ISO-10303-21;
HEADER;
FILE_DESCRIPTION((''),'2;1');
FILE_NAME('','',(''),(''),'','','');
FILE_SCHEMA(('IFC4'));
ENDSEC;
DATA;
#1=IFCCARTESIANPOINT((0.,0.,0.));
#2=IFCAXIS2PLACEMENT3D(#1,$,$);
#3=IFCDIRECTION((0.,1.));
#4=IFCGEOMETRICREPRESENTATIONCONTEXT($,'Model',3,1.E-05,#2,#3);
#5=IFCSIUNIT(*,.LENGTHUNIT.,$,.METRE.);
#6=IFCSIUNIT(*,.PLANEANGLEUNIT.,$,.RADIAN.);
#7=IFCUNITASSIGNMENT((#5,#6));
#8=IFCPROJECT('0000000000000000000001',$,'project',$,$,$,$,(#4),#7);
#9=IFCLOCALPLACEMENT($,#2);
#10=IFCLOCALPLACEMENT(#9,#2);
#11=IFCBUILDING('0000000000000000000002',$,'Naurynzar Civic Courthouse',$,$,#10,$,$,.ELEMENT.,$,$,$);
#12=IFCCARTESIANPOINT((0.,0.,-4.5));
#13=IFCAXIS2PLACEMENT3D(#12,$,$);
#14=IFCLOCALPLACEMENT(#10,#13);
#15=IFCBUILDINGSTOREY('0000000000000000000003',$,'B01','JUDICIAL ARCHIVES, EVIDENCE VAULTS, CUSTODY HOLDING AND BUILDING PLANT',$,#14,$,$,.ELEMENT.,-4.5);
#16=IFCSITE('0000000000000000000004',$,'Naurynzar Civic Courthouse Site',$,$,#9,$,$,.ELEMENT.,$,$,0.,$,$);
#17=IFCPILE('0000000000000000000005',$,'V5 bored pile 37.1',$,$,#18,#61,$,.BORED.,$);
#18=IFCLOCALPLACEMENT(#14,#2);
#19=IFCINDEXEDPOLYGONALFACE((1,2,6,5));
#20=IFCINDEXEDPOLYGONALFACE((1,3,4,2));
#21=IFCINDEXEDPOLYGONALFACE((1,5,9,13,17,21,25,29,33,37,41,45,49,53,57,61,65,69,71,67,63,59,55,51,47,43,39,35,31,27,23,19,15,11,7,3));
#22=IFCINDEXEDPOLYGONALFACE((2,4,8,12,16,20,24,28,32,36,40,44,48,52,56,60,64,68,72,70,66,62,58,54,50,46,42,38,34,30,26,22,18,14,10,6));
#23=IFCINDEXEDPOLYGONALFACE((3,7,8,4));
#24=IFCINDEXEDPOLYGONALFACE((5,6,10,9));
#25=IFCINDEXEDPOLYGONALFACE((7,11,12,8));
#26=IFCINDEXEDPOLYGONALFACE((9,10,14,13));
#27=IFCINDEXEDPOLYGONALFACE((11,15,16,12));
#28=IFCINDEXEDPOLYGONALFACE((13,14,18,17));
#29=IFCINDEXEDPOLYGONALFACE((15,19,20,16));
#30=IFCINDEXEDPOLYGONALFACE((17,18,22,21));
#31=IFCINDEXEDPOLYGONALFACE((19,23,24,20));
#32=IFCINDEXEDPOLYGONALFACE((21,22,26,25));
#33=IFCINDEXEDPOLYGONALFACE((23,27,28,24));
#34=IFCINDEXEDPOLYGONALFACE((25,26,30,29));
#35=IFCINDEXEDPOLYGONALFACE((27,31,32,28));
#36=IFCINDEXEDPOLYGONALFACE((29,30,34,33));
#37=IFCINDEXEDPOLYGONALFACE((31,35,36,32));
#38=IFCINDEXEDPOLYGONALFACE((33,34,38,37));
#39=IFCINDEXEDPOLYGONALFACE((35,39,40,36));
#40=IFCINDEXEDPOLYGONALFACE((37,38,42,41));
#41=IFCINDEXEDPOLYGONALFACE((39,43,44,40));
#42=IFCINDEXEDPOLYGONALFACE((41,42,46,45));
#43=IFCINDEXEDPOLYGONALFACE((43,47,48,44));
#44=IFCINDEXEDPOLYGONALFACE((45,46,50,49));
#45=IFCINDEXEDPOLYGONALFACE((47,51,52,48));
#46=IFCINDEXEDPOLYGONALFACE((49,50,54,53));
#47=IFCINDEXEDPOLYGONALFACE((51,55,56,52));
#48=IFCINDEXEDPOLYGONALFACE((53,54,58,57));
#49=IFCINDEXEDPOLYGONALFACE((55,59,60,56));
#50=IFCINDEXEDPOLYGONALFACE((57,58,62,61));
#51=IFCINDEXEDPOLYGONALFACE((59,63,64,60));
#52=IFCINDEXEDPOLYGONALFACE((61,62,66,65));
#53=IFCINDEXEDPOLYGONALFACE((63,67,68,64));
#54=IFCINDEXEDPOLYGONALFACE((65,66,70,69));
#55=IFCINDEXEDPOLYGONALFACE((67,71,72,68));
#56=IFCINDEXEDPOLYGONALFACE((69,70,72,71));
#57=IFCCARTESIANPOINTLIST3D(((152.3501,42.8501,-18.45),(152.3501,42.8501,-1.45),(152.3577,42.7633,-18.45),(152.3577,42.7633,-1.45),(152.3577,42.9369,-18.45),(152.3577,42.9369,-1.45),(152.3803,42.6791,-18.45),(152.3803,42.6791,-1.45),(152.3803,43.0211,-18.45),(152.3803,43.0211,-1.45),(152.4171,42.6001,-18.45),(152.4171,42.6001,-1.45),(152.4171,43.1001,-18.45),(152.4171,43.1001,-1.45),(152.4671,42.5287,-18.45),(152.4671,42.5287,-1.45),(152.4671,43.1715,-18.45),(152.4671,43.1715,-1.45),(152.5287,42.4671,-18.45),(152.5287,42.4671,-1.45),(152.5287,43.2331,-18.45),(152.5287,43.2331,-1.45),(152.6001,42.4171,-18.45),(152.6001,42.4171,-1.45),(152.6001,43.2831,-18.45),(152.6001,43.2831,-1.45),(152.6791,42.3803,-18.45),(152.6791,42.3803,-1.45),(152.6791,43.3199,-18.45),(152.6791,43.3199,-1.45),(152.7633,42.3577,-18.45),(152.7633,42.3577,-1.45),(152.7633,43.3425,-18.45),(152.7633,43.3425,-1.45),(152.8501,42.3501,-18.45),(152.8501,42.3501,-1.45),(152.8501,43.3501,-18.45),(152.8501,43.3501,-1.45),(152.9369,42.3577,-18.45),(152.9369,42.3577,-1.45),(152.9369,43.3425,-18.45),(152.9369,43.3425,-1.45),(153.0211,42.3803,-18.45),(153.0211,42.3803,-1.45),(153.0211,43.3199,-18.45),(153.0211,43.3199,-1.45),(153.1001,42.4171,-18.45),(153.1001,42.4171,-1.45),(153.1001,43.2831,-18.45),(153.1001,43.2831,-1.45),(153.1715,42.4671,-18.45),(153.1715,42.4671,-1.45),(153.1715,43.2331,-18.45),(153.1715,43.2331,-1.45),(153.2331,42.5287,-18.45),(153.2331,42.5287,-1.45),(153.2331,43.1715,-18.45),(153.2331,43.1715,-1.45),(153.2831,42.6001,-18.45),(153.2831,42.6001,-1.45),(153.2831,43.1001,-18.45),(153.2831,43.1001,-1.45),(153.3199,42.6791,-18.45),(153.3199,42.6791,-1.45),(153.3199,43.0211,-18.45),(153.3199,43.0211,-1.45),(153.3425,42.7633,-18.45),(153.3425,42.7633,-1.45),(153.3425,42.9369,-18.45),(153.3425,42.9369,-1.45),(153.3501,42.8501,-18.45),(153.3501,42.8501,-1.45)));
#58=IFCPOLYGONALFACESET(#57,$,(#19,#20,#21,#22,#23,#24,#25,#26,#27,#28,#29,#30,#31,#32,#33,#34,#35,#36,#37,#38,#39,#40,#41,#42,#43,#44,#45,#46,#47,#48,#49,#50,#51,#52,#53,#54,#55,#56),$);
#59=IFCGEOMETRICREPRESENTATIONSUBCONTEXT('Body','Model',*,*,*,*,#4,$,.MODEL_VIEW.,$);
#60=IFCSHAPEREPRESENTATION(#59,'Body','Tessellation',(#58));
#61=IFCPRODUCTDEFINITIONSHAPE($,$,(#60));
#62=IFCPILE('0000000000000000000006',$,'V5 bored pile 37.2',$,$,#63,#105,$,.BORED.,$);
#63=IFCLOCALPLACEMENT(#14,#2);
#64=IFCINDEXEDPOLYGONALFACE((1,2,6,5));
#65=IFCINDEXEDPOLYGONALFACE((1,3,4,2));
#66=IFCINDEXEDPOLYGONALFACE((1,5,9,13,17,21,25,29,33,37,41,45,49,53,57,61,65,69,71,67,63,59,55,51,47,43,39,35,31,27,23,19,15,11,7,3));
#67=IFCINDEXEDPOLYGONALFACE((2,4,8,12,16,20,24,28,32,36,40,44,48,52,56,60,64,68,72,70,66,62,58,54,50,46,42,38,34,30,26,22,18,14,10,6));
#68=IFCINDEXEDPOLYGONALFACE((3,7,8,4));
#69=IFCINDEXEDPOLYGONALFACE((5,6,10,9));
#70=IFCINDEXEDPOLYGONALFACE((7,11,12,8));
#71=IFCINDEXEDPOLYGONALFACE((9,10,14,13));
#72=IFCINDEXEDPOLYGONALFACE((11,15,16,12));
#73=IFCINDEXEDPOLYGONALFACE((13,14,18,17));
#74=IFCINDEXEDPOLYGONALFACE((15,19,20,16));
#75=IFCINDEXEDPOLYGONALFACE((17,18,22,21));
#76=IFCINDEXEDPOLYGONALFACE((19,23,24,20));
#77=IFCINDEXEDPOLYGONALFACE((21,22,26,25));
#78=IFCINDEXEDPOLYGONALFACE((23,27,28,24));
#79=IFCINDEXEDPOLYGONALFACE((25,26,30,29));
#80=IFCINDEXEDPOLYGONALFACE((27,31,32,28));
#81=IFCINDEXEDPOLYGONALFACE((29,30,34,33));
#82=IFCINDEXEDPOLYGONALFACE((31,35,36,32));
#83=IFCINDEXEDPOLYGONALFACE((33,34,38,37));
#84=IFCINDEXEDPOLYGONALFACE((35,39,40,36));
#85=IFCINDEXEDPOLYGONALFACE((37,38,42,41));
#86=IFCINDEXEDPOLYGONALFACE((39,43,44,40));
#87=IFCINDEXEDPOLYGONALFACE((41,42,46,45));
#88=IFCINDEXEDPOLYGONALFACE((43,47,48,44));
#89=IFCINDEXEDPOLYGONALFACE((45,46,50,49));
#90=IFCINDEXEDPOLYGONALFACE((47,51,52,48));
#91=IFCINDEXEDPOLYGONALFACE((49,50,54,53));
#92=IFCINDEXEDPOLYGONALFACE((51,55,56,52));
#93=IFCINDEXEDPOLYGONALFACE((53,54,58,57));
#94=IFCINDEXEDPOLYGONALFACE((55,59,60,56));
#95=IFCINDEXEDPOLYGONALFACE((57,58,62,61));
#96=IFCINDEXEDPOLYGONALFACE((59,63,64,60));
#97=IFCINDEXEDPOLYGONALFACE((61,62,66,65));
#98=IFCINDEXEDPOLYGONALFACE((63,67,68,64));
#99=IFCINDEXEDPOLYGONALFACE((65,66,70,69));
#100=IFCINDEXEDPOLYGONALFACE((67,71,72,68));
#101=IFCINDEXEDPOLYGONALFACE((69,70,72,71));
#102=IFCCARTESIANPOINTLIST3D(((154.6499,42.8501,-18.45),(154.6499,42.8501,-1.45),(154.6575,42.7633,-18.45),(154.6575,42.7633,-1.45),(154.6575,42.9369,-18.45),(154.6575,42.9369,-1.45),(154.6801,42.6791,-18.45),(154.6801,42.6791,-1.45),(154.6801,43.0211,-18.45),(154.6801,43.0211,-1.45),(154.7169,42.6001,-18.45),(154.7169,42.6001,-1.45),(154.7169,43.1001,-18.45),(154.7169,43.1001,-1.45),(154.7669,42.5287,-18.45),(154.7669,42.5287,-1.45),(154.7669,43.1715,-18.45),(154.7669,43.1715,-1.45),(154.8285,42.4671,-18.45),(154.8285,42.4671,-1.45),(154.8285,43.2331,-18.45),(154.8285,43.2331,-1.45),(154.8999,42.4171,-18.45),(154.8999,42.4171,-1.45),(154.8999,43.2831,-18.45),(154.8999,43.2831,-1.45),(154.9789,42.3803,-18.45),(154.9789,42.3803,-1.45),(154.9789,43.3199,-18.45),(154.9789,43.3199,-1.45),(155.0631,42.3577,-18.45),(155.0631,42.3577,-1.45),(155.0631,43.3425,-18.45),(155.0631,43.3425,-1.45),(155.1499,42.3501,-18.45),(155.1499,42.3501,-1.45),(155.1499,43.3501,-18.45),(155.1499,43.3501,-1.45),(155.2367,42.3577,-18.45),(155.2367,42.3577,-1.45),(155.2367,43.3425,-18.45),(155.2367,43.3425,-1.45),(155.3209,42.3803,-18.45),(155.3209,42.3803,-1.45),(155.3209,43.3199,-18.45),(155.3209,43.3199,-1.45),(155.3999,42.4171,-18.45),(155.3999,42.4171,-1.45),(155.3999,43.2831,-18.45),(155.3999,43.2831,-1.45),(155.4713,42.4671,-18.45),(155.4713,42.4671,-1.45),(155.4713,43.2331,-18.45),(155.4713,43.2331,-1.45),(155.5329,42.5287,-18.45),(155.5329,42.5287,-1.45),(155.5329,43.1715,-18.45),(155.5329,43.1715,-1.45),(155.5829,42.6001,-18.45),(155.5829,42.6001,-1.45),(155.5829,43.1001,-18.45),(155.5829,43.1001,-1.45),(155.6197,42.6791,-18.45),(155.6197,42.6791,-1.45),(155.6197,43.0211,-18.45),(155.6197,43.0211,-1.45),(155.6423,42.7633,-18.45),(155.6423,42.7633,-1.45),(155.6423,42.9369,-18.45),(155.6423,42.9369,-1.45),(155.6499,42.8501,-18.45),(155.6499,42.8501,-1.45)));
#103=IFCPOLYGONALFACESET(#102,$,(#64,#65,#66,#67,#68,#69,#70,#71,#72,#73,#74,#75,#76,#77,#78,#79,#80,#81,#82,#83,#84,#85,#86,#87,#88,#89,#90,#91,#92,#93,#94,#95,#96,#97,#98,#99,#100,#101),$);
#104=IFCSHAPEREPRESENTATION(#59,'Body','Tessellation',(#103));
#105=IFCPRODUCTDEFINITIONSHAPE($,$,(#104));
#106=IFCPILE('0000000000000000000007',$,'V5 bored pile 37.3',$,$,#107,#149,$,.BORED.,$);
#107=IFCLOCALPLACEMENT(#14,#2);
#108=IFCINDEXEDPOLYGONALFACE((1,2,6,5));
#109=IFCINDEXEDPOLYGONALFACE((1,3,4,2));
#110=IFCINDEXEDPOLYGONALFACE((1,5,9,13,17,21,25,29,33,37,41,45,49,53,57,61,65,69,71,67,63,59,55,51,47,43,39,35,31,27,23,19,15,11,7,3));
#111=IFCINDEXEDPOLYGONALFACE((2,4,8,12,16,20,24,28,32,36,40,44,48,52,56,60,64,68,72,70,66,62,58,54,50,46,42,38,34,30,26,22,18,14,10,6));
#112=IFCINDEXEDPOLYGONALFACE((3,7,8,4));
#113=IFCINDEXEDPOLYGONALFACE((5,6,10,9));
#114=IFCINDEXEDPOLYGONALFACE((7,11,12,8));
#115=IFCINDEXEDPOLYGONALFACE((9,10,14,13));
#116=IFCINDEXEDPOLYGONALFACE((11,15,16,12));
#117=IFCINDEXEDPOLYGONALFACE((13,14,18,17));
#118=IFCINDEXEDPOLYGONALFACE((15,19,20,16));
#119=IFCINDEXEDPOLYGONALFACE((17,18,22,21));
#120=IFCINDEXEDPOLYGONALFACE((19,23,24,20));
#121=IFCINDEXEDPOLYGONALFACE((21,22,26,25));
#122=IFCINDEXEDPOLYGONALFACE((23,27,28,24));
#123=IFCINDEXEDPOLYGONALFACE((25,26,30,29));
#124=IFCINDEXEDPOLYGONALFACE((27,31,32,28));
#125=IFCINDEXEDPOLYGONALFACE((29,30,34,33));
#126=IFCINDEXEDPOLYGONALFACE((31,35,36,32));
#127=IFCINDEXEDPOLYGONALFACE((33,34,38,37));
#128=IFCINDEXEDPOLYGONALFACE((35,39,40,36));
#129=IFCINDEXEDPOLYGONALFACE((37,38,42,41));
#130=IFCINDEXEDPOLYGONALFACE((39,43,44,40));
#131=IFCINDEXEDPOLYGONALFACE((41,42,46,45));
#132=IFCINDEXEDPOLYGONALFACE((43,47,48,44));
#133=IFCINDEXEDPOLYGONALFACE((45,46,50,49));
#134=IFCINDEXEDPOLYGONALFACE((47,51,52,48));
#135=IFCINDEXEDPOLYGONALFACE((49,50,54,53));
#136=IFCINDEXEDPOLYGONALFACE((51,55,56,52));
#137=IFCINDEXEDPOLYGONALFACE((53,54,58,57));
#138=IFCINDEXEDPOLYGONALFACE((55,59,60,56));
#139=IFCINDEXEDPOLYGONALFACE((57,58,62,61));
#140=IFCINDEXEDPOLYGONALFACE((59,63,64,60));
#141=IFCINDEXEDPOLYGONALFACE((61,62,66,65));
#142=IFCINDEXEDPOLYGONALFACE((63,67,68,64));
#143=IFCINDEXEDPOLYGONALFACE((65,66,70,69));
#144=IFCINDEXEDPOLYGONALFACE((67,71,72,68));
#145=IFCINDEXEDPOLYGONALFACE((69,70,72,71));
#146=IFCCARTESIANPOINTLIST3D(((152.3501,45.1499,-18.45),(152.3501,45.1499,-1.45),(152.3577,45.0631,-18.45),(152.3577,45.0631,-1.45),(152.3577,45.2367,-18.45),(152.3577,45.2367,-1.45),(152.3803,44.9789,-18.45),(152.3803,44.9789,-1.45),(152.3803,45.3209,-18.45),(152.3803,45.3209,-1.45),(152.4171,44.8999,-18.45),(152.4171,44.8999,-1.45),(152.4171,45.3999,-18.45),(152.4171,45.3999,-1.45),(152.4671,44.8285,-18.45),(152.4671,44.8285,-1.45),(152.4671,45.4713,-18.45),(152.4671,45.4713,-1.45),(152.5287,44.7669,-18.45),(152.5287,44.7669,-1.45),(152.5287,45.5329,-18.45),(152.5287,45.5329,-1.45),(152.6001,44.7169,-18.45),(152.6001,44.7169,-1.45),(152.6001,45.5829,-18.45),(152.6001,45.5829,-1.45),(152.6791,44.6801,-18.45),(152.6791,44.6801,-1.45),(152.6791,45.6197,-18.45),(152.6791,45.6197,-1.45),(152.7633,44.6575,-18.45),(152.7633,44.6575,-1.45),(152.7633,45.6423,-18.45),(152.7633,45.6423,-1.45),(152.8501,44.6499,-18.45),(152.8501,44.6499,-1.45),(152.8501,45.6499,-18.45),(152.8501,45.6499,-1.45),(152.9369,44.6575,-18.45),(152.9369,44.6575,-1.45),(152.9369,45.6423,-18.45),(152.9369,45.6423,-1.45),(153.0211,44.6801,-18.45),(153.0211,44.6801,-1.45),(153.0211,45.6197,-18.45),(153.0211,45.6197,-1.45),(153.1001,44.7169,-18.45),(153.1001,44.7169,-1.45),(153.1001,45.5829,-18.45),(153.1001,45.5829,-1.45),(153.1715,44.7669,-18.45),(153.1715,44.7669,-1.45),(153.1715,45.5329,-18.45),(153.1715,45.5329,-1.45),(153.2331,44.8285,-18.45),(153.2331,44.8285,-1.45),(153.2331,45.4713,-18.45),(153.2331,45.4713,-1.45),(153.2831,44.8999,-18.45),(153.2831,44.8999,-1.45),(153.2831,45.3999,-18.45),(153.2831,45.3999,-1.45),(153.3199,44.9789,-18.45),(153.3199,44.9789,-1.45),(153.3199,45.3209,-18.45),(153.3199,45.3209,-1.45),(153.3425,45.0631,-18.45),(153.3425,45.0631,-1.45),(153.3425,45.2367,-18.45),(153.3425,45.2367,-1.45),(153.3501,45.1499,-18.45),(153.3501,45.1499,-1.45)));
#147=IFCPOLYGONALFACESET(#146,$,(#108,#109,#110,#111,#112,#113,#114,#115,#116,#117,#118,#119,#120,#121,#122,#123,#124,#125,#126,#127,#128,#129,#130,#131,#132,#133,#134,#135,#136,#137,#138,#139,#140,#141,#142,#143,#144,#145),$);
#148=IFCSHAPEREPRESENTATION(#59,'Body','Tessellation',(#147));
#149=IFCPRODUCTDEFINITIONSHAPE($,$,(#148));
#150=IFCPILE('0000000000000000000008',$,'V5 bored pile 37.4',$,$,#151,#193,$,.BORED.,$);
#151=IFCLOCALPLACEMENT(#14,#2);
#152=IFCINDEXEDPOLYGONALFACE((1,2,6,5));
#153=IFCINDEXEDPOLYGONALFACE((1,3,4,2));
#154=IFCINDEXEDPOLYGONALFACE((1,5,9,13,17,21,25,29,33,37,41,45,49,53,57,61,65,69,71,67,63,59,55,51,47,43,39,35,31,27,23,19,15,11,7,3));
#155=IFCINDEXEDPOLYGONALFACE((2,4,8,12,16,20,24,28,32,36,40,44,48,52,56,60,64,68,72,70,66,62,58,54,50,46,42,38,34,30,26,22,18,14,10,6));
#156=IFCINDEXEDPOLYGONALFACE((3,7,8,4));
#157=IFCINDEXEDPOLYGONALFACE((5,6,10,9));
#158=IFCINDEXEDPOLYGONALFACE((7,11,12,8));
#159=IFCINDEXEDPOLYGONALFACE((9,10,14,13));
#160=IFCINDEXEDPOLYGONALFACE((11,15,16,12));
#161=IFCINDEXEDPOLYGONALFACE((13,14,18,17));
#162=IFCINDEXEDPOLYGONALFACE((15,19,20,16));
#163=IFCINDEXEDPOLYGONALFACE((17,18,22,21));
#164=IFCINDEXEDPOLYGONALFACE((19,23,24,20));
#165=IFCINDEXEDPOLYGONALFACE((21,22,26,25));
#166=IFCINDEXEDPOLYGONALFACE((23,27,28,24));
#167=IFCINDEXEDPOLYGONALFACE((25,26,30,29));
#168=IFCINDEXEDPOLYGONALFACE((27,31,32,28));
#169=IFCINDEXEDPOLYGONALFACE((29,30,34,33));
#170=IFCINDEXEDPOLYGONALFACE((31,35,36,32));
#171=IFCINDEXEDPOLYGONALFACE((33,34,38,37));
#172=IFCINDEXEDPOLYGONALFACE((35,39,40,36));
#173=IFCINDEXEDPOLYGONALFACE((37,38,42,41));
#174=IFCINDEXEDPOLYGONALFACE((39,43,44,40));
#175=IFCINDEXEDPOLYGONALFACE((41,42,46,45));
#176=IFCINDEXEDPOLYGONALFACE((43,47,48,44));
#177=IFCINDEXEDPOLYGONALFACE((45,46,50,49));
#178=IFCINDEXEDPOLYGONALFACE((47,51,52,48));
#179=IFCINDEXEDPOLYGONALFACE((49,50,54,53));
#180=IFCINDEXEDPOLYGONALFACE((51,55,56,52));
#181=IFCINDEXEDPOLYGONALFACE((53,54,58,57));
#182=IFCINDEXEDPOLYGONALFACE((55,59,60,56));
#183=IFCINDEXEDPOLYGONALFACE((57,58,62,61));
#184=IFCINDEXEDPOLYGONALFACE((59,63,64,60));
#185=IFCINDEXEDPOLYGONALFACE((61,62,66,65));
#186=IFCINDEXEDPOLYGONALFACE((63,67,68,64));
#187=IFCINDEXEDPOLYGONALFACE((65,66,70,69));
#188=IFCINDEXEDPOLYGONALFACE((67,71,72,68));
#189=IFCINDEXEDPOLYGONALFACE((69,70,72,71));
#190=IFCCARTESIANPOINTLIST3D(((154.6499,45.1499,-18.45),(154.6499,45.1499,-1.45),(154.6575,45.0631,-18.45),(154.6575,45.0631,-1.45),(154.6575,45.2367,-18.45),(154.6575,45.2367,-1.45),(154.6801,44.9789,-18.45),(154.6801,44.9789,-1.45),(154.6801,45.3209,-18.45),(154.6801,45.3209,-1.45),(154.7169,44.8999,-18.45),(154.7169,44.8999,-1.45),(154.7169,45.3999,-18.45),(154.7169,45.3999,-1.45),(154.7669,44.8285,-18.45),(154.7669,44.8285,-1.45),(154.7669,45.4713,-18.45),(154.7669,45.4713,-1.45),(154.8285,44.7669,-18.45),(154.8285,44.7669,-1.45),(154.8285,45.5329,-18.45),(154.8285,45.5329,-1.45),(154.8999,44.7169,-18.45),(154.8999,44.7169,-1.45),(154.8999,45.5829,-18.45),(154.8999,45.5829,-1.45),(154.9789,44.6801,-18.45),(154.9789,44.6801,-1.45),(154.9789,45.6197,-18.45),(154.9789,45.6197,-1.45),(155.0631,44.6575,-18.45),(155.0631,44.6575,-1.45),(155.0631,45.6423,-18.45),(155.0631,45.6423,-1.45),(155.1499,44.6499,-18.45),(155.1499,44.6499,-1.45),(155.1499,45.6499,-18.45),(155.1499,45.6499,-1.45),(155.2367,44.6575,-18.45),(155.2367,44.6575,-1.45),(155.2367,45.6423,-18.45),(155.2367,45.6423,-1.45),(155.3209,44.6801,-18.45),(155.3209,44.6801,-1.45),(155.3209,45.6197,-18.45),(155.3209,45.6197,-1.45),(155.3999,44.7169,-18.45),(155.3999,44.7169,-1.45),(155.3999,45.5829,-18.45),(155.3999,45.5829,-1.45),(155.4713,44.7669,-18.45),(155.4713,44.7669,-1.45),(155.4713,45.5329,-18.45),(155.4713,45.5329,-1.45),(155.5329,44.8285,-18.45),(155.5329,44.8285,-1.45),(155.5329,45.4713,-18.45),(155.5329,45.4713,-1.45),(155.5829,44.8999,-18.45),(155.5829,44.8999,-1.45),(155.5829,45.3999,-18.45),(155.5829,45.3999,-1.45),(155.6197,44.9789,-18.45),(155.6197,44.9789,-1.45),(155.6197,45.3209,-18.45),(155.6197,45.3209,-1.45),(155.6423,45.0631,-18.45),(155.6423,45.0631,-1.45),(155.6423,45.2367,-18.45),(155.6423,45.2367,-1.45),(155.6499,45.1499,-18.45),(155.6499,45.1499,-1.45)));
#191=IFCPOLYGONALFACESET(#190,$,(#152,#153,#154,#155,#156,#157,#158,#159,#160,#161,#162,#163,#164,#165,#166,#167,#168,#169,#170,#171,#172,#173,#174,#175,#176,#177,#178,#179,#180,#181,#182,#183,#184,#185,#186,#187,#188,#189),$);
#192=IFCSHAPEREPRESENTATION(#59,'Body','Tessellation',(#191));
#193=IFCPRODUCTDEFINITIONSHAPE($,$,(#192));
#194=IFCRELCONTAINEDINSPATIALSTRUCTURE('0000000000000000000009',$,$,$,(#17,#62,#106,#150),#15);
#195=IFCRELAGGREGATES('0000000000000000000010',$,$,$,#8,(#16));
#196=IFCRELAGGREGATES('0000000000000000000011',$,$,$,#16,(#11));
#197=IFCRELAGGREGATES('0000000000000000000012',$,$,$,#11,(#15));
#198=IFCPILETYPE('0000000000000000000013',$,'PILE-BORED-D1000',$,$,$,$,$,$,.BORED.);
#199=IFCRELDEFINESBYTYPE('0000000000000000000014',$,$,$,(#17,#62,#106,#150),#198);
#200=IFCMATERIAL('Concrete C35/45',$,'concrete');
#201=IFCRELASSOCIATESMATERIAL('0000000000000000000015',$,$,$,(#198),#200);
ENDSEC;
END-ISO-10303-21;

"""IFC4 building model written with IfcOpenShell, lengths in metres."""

from ifc_helpers import new_model, si_unit, direction, frame, origin, origin_2d, place, context, subcontext, project, spatial, circle, extrude, material, material_profile, profile_set, type_object, element, save


model = new_model("IFC4")

# Units and contexts
model_context = context("Model", 3, precision=1e-05, world=origin(), true_north=direction((0.0, 1.0)))
body_context = subcontext(model_context, "Body", "Model", "MODEL_VIEW")
ifc_project = project(units=[si_unit("LENGTHUNIT", "METRE"), si_unit("PLANEANGLEUNIT", "RADIAN")], contexts=[model_context])

# Site, building, storey
site_placement = place(None, origin())
site = spatial("IfcSite", under=ifc_project, at=site_placement, Name="Naurynzar Civic Courthouse Site", CompositionType="ELEMENT", RefElevation=0.0)
building_placement = place(site_placement, origin())
building = spatial("IfcBuilding", under=site, at=building_placement, Name="Naurynzar Civic Courthouse", CompositionType="ELEMENT")
storey_placement = place(building_placement, frame((0.0, 0.0, -4.5)))
storey = spatial("IfcBuildingStorey", under=building, at=storey_placement, Name="B01", Description="JUDICIAL ARCHIVES, EVIDENCE VAULTS, CUSTODY HOLDING AND BUILDING PLANT", CompositionType="ELEMENT", Elevation=-4.5)

# Piles
ifc_material_1 = material(Name="Concrete C35/45", Category="concrete")
ifc_material_profile_1 = material_profile(ifc_material_1, circle(Radius=0.5, at=origin_2d()), Name="PILE D1000")
ifc_profile_set_1 = profile_set([ifc_material_profile_1], Name="Concrete C35/45")
pile_type = type_object("IfcPileType", Name="PILE-BORED-D1000", PredefinedType="BORED", material=ifc_profile_set_1)
for number, where, z_axis, x_axis, name in (
    (1, (152.8501, 42.8501, -1.45), (0.0, 0.0, -1.0), (1.0, 0.0, 0.0), "V5 bored pile 37.1"),
    (2, (155.1499, 42.8501, -1.45), (0.0, 0.0, -1.0), (1.0, 0.0, 0.0), "V5 bored pile 37.2"),
    (3, (152.8501, 45.1499, -1.45), (0.0, 0.0, -1.0), (1.0, 0.0, 0.0), "V5 bored pile 37.3"),
    (4, (155.1499, 45.1499, -1.45), (0.0, 0.0, -1.0), (1.0, 0.0, 0.0), "V5 bored pile 37.4"),
):
    element("IfcPile", number, at=place(storey_placement, frame(where, z_axis=z_axis, x_axis=x_axis)), inside=storey, type_object=pile_type, Name=name, PredefinedType="BORED", context=body_context, shape_type="SweptSolid", body=[
        extrude(circle(Radius=0.5, at=origin_2d()), origin(), (0.0, 0.0, 1.0), 17.0),
    ])

save(model, "model.ifc")
